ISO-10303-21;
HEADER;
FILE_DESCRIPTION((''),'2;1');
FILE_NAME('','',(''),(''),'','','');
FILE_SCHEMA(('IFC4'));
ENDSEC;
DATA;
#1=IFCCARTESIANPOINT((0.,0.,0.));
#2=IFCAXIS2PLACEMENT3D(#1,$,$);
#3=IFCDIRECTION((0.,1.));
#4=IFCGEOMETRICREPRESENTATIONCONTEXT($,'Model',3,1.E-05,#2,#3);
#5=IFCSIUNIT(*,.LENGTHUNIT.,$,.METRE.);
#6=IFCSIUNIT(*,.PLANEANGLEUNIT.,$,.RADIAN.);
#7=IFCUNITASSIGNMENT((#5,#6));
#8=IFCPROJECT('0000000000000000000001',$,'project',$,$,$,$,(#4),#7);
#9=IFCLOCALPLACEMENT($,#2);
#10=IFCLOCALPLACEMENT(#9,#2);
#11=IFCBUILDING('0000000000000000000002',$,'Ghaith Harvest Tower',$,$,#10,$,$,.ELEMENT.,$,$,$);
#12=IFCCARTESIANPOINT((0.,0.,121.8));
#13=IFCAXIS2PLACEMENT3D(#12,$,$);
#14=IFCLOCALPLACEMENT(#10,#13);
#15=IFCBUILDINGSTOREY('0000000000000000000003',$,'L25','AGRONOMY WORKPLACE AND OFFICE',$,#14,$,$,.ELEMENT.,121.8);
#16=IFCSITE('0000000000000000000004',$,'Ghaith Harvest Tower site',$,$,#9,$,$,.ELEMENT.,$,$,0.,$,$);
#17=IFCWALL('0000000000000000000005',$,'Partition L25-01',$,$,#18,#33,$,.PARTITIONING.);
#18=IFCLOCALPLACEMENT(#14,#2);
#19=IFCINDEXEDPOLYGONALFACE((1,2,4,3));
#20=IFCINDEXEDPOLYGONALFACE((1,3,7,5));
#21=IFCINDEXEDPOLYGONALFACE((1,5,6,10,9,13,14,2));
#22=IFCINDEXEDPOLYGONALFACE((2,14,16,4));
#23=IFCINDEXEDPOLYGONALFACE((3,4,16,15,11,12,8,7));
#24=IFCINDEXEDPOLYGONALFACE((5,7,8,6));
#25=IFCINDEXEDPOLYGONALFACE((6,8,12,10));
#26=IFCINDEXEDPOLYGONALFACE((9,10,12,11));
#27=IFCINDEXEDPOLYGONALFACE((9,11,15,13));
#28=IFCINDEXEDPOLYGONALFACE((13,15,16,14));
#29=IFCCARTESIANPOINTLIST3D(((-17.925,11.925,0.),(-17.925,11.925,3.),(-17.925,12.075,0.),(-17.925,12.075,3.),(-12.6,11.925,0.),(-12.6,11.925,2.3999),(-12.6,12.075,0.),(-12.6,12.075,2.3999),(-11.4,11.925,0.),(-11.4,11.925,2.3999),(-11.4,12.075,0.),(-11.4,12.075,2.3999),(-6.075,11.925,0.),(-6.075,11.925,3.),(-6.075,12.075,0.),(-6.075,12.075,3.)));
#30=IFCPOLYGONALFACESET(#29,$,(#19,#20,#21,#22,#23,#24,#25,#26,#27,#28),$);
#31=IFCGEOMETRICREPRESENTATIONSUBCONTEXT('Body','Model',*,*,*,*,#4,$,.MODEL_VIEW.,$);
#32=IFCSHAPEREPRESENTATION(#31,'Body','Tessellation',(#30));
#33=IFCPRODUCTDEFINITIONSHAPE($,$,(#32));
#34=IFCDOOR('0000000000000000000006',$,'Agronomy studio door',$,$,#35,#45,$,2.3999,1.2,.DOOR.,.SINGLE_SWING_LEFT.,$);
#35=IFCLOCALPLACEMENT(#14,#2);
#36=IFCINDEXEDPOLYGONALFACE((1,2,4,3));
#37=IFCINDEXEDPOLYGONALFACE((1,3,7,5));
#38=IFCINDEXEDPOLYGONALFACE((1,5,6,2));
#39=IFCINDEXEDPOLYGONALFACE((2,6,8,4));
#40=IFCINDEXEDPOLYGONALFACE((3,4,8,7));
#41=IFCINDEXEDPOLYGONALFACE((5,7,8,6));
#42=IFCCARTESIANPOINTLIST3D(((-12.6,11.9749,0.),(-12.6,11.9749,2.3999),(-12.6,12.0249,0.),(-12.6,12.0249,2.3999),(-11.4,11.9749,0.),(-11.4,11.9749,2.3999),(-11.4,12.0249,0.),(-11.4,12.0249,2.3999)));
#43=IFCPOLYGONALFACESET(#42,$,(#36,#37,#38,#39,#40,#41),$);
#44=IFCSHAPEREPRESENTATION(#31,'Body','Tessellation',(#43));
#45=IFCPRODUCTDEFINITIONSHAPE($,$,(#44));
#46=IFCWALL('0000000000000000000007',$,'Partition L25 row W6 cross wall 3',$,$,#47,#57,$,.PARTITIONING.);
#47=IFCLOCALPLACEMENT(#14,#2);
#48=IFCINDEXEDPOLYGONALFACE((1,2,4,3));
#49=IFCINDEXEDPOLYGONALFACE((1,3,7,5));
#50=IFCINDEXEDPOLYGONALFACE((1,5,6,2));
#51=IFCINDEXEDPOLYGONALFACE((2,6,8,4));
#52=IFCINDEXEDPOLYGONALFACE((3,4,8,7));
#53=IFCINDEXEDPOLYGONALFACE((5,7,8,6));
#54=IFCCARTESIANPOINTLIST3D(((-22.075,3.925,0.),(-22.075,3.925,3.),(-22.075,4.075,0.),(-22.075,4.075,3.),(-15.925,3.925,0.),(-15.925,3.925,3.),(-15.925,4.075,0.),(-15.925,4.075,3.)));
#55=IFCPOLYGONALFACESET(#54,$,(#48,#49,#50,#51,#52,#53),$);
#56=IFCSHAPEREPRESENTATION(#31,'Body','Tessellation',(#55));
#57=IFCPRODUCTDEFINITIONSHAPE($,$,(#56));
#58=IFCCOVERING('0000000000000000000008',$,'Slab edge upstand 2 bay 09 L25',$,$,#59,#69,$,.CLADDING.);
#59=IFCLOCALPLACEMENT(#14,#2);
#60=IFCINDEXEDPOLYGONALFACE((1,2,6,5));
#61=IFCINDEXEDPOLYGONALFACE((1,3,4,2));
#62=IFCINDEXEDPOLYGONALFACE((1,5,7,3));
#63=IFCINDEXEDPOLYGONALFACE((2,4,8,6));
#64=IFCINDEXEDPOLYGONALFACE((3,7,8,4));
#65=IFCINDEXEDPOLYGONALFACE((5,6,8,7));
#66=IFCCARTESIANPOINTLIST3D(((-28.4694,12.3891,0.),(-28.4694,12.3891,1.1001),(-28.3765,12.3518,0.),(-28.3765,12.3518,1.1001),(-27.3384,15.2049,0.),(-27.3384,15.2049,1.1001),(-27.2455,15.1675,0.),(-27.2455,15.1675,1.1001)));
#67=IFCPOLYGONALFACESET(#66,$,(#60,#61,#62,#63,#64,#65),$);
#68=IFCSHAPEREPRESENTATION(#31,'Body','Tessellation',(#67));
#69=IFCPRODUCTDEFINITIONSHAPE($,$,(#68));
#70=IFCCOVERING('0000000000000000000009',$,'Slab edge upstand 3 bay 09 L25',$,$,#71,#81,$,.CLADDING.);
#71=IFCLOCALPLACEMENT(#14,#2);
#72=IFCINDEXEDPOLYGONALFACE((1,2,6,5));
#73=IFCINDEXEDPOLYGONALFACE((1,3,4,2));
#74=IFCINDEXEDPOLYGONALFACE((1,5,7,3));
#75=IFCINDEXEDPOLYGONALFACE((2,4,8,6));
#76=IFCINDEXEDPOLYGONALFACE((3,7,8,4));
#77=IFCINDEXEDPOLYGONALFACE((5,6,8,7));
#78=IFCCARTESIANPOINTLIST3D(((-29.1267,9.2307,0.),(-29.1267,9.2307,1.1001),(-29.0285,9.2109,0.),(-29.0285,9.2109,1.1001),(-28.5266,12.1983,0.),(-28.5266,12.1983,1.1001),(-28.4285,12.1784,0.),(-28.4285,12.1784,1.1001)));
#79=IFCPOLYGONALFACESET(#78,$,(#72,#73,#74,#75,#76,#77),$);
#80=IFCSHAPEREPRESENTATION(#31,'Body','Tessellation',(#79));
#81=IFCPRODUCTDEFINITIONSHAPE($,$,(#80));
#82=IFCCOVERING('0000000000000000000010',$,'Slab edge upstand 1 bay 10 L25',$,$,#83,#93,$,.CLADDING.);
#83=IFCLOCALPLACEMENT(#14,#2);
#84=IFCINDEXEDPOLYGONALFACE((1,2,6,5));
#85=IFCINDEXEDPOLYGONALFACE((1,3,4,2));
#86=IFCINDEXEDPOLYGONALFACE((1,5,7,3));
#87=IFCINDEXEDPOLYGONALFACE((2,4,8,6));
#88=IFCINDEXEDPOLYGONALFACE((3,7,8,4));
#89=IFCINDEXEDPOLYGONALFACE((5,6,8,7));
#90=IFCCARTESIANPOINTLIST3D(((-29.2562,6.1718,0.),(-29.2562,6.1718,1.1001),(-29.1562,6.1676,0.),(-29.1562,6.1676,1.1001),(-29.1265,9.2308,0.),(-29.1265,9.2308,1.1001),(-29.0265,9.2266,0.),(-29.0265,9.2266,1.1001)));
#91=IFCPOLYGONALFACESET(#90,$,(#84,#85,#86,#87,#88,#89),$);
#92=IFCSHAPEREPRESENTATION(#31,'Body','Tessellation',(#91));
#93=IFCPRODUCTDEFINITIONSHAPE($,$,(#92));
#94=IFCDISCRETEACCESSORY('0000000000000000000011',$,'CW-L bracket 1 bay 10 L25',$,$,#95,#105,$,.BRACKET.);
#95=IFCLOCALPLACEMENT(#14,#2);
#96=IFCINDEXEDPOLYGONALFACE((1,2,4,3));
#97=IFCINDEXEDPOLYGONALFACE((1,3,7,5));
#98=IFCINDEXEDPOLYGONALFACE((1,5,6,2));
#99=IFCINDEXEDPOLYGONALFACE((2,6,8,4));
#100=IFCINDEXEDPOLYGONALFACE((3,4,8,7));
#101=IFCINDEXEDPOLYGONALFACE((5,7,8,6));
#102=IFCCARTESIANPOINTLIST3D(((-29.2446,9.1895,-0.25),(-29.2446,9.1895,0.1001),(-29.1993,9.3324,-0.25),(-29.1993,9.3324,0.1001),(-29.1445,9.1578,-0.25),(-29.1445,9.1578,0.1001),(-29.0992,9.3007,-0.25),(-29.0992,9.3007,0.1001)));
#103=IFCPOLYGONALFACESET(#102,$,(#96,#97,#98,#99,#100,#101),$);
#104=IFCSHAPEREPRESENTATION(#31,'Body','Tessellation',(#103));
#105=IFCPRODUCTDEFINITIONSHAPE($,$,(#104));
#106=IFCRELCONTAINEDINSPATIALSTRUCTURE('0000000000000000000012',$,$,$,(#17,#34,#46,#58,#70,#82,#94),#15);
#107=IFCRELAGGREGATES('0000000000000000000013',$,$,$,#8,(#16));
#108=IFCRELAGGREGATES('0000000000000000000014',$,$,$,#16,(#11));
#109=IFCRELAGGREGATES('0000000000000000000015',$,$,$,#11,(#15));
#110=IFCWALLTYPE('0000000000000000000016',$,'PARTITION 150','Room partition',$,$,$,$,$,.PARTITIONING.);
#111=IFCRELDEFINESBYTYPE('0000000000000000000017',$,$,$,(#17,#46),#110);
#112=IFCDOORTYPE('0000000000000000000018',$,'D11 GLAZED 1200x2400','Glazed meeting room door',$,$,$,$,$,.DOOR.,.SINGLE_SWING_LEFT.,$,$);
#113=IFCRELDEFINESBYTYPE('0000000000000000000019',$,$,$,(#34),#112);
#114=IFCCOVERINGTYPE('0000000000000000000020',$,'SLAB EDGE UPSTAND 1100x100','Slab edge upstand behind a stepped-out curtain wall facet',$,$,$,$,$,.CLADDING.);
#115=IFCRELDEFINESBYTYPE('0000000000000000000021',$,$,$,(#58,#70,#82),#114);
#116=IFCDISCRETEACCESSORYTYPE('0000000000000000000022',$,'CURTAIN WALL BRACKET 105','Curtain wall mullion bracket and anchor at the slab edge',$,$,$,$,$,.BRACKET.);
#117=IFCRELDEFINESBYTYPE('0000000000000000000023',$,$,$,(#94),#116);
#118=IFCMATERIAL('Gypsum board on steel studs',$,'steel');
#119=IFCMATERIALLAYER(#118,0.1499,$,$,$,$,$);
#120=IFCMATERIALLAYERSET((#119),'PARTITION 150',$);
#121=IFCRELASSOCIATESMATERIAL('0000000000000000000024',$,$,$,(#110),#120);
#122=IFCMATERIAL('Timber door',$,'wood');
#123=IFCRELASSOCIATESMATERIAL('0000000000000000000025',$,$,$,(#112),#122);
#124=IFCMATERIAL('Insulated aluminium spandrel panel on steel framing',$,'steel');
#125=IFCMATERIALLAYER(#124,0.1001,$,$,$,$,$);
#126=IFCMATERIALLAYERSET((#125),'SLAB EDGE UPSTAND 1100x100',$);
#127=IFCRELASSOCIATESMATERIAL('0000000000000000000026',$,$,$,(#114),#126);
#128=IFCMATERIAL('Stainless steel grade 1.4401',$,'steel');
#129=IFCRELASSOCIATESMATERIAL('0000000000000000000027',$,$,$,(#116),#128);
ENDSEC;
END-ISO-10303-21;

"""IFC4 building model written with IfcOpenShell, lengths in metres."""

from ifc_helpers import new_model, si_unit, direction, frame, frame_2d, origin, origin_2d, place, context, subcontext, project, spatial, rectangle, extrude, material, layer, layer_set, type_object, element, fill, save


model = new_model("IFC4")

# Units and contexts
model_context = context("Model", 3, precision=1e-05, world=origin(), true_north=direction((0.0, 1.0)))
body_context = subcontext(model_context, "Body", "Model", "MODEL_VIEW")
ifc_project = project(units=[si_unit("LENGTHUNIT", "METRE"), si_unit("PLANEANGLEUNIT", "RADIAN")], contexts=[model_context])

# Site, building, storey
site_placement = place(None, origin())
site = spatial("IfcSite", under=ifc_project, at=site_placement, Name="Ghaith Harvest Tower site", CompositionType="ELEMENT", RefElevation=0.0)
building_placement = place(site_placement, origin())
building = spatial("IfcBuilding", under=site, at=building_placement, Name="Ghaith Harvest Tower", CompositionType="ELEMENT")
storey_placement = place(building_placement, frame((0.0, 0.0, 121.8)))
storey = spatial("IfcBuildingStorey", under=building, at=storey_placement, Name="L25", Description="AGRONOMY WORKPLACE AND OFFICE", CompositionType="ELEMENT", Elevation=121.8)

# Shared definitions
ifc_material_1 = material(Name="Gypsum board on steel studs", Category="steel")
ifc_layer_1 = layer(ifc_material_1, 0.1499)
ifc_layer_set_1 = layer_set([ifc_layer_1], Name="PARTITION 150")
wall_type_1 = type_object("IfcWallType", Name="PARTITION 150", Description="Room partition", PredefinedType="PARTITIONING", material=ifc_layer_set_1)

# Wall, opening, door
wall_1_placement = place(storey_placement, frame((-17.925, 12.0, 0.0), z_axis=(0.0, 0.0, 1.0), x_axis=(1.0, 0.0, 0.0)))
wall_1 = element("IfcWall", 1, at=wall_1_placement, inside=storey, type_object=wall_type_1, Name="Partition L25-01", PredefinedType="PARTITIONING", context=body_context, shape_type="SweptSolid", body=[
    extrude(rectangle(XDim=11.8501, YDim=0.1499, at=frame_2d((5.925, 0.0))), origin(), (0.0, 0.0, 1.0), 3.0),
])
opening_1_placement = place(wall_1_placement, frame((5.325, 0.0, 0.0)))
opening_1 = element("IfcOpeningElement", 2, at=opening_1_placement, cuts=wall_1, PredefinedType="OPENING", context=body_context, shape_type="SweptSolid", body=[
    extrude(rectangle(XDim=1.2, YDim=2.3999, at=frame_2d((0.6001, 1.2))), frame((0.0, 0.085, 0.0), z_axis=(0.0, -1.0, 0.0), x_axis=(1.0, 0.0, 0.0)), (0.0, 0.0, 1.0), 0.1699),
])
ifc_material_2 = material(Name="Timber door", Category="wood")
door_type_1 = type_object("IfcDoorType", Name="D11 GLAZED 1200x2400", Description="Glazed meeting room door", OperationType="SINGLE_SWING_LEFT", PredefinedType="DOOR", material=ifc_material_2)
door_1_placement = place(opening_1_placement, origin())
door_1 = element("IfcDoor", 3, at=door_1_placement, inside=storey, type_object=door_type_1, Name="Agronomy studio door", OperationType="SINGLE_SWING_LEFT", OverallHeight=2.3999, OverallWidth=1.2, PredefinedType="DOOR", context=body_context, shape_type="SweptSolid", body=[
    extrude(rectangle(XDim=1.2, YDim=2.3999, at=frame_2d((0.6001, 1.2))), frame((0.0, 0.0249, 0.0), z_axis=(0.0, -1.0, 0.0), x_axis=(1.0, 0.0, 0.0)), (0.0, 0.0, 1.0), 0.05),
])
fill(opening_1, door_1)

# Wall
wall_2_placement = place(storey_placement, frame((-15.925, 4.0, 0.0), z_axis=(0.0, 0.0, 1.0), x_axis=(-1.0, 0.0, 0.0)))
element("IfcWall", 4, at=wall_2_placement, inside=storey, type_object=wall_type_1, Name="Partition L25 row W6 cross wall 3", PredefinedType="PARTITIONING", context=body_context, shape_type="SweptSolid", body=[
    extrude(rectangle(XDim=6.1499, YDim=0.1499, at=frame_2d((3.075, 0.0))), origin(), (0.0, 0.0, 1.0), 3.0),
])

# Coverings
ifc_material_3 = material(Name="Insulated aluminium spandrel panel on steel framing", Category="steel")
ifc_layer_2 = layer(ifc_material_3, 0.1001)
ifc_layer_set_2 = layer_set([ifc_layer_2], Name="SLAB EDGE UPSTAND 1100x100")
covering_type = type_object("IfcCoveringType", Name="SLAB EDGE UPSTAND 1100x100", Description="Slab edge upstand behind a stepped-out curtain wall facet", PredefinedType="CLADDING", material=ifc_layer_set_2)
covering_1_placement = place(storey_placement, frame((-27.8574, 13.7783, 0.0), z_axis=(0.0, 0.0, 1.0), x_axis=(-0.372732, -0.927939, 0.0)))
element("IfcCovering", 5, at=covering_1_placement, inside=storey, type_object=covering_type, Name="Slab edge upstand 2 bay 09 L25", PredefinedType="CLADDING", context=body_context, shape_type="SweptSolid", body=[
    extrude(rectangle(XDim=3.0344, YDim=0.1001, at=origin_2d()), origin(), (0.0, 0.0, 1.0), 1.1001),
])
covering_2_placement = place(storey_placement, frame((-28.7776, 10.7046, 0.0), z_axis=(0.0, 0.0, 1.0), x_axis=(-0.198183, -0.980165, 0.0)))
element("IfcCovering", 6, at=covering_2_placement, inside=storey, type_object=covering_type, Name="Slab edge upstand 3 bay 09 L25", PredefinedType="CLADDING", context=body_context, shape_type="SweptSolid", body=[
    extrude(rectangle(XDim=3.0276, YDim=0.1001, at=origin_2d()), origin(), (0.0, 0.0, 1.0), 1.1001),
])
covering_3_placement = place(storey_placement, frame((-29.1414, 7.6992, 0.0), z_axis=(0.0, 0.0, 1.0), x_axis=(-0.042373, -0.999102, 0.0)))
element("IfcCovering", 7, at=covering_3_placement, inside=storey, type_object=covering_type, Name="Slab edge upstand 1 bay 10 L25", PredefinedType="CLADDING", context=body_context, shape_type="SweptSolid", body=[
    extrude(rectangle(XDim=3.0618, YDim=0.1001, at=origin_2d()), origin(), (0.0, 0.0, 1.0), 1.1001),
])

# Discrete accessory
ifc_material_4 = material(Name="Stainless steel grade 1.4401", Category="steel")
discrete_accessory_type = type_object("IfcDiscreteAccessoryType", Name="CURTAIN WALL BRACKET 105", Description="Curtain wall mullion bracket and anchor at the slab edge", PredefinedType="BRACKET", material=ifc_material_4)
discrete_accessory_placement = place(storey_placement, frame((-29.1719, 9.2451, -0.25), z_axis=(0.0, 0.0, 1.0), x_axis=(-0.953273, 0.30211, 0.0)))
element("IfcDiscreteAccessory", 8, at=discrete_accessory_placement, inside=storey, type_object=discrete_accessory_type, Name="CW-L bracket 1 bay 10 L25", PredefinedType="BRACKET", context=body_context, shape_type="SweptSolid", body=[
    extrude(rectangle(XDim=0.105, YDim=0.1499, at=origin_2d()), origin(), (0.0, 0.0, 1.0), 0.3501),
])

save(model, "model.ifc")
